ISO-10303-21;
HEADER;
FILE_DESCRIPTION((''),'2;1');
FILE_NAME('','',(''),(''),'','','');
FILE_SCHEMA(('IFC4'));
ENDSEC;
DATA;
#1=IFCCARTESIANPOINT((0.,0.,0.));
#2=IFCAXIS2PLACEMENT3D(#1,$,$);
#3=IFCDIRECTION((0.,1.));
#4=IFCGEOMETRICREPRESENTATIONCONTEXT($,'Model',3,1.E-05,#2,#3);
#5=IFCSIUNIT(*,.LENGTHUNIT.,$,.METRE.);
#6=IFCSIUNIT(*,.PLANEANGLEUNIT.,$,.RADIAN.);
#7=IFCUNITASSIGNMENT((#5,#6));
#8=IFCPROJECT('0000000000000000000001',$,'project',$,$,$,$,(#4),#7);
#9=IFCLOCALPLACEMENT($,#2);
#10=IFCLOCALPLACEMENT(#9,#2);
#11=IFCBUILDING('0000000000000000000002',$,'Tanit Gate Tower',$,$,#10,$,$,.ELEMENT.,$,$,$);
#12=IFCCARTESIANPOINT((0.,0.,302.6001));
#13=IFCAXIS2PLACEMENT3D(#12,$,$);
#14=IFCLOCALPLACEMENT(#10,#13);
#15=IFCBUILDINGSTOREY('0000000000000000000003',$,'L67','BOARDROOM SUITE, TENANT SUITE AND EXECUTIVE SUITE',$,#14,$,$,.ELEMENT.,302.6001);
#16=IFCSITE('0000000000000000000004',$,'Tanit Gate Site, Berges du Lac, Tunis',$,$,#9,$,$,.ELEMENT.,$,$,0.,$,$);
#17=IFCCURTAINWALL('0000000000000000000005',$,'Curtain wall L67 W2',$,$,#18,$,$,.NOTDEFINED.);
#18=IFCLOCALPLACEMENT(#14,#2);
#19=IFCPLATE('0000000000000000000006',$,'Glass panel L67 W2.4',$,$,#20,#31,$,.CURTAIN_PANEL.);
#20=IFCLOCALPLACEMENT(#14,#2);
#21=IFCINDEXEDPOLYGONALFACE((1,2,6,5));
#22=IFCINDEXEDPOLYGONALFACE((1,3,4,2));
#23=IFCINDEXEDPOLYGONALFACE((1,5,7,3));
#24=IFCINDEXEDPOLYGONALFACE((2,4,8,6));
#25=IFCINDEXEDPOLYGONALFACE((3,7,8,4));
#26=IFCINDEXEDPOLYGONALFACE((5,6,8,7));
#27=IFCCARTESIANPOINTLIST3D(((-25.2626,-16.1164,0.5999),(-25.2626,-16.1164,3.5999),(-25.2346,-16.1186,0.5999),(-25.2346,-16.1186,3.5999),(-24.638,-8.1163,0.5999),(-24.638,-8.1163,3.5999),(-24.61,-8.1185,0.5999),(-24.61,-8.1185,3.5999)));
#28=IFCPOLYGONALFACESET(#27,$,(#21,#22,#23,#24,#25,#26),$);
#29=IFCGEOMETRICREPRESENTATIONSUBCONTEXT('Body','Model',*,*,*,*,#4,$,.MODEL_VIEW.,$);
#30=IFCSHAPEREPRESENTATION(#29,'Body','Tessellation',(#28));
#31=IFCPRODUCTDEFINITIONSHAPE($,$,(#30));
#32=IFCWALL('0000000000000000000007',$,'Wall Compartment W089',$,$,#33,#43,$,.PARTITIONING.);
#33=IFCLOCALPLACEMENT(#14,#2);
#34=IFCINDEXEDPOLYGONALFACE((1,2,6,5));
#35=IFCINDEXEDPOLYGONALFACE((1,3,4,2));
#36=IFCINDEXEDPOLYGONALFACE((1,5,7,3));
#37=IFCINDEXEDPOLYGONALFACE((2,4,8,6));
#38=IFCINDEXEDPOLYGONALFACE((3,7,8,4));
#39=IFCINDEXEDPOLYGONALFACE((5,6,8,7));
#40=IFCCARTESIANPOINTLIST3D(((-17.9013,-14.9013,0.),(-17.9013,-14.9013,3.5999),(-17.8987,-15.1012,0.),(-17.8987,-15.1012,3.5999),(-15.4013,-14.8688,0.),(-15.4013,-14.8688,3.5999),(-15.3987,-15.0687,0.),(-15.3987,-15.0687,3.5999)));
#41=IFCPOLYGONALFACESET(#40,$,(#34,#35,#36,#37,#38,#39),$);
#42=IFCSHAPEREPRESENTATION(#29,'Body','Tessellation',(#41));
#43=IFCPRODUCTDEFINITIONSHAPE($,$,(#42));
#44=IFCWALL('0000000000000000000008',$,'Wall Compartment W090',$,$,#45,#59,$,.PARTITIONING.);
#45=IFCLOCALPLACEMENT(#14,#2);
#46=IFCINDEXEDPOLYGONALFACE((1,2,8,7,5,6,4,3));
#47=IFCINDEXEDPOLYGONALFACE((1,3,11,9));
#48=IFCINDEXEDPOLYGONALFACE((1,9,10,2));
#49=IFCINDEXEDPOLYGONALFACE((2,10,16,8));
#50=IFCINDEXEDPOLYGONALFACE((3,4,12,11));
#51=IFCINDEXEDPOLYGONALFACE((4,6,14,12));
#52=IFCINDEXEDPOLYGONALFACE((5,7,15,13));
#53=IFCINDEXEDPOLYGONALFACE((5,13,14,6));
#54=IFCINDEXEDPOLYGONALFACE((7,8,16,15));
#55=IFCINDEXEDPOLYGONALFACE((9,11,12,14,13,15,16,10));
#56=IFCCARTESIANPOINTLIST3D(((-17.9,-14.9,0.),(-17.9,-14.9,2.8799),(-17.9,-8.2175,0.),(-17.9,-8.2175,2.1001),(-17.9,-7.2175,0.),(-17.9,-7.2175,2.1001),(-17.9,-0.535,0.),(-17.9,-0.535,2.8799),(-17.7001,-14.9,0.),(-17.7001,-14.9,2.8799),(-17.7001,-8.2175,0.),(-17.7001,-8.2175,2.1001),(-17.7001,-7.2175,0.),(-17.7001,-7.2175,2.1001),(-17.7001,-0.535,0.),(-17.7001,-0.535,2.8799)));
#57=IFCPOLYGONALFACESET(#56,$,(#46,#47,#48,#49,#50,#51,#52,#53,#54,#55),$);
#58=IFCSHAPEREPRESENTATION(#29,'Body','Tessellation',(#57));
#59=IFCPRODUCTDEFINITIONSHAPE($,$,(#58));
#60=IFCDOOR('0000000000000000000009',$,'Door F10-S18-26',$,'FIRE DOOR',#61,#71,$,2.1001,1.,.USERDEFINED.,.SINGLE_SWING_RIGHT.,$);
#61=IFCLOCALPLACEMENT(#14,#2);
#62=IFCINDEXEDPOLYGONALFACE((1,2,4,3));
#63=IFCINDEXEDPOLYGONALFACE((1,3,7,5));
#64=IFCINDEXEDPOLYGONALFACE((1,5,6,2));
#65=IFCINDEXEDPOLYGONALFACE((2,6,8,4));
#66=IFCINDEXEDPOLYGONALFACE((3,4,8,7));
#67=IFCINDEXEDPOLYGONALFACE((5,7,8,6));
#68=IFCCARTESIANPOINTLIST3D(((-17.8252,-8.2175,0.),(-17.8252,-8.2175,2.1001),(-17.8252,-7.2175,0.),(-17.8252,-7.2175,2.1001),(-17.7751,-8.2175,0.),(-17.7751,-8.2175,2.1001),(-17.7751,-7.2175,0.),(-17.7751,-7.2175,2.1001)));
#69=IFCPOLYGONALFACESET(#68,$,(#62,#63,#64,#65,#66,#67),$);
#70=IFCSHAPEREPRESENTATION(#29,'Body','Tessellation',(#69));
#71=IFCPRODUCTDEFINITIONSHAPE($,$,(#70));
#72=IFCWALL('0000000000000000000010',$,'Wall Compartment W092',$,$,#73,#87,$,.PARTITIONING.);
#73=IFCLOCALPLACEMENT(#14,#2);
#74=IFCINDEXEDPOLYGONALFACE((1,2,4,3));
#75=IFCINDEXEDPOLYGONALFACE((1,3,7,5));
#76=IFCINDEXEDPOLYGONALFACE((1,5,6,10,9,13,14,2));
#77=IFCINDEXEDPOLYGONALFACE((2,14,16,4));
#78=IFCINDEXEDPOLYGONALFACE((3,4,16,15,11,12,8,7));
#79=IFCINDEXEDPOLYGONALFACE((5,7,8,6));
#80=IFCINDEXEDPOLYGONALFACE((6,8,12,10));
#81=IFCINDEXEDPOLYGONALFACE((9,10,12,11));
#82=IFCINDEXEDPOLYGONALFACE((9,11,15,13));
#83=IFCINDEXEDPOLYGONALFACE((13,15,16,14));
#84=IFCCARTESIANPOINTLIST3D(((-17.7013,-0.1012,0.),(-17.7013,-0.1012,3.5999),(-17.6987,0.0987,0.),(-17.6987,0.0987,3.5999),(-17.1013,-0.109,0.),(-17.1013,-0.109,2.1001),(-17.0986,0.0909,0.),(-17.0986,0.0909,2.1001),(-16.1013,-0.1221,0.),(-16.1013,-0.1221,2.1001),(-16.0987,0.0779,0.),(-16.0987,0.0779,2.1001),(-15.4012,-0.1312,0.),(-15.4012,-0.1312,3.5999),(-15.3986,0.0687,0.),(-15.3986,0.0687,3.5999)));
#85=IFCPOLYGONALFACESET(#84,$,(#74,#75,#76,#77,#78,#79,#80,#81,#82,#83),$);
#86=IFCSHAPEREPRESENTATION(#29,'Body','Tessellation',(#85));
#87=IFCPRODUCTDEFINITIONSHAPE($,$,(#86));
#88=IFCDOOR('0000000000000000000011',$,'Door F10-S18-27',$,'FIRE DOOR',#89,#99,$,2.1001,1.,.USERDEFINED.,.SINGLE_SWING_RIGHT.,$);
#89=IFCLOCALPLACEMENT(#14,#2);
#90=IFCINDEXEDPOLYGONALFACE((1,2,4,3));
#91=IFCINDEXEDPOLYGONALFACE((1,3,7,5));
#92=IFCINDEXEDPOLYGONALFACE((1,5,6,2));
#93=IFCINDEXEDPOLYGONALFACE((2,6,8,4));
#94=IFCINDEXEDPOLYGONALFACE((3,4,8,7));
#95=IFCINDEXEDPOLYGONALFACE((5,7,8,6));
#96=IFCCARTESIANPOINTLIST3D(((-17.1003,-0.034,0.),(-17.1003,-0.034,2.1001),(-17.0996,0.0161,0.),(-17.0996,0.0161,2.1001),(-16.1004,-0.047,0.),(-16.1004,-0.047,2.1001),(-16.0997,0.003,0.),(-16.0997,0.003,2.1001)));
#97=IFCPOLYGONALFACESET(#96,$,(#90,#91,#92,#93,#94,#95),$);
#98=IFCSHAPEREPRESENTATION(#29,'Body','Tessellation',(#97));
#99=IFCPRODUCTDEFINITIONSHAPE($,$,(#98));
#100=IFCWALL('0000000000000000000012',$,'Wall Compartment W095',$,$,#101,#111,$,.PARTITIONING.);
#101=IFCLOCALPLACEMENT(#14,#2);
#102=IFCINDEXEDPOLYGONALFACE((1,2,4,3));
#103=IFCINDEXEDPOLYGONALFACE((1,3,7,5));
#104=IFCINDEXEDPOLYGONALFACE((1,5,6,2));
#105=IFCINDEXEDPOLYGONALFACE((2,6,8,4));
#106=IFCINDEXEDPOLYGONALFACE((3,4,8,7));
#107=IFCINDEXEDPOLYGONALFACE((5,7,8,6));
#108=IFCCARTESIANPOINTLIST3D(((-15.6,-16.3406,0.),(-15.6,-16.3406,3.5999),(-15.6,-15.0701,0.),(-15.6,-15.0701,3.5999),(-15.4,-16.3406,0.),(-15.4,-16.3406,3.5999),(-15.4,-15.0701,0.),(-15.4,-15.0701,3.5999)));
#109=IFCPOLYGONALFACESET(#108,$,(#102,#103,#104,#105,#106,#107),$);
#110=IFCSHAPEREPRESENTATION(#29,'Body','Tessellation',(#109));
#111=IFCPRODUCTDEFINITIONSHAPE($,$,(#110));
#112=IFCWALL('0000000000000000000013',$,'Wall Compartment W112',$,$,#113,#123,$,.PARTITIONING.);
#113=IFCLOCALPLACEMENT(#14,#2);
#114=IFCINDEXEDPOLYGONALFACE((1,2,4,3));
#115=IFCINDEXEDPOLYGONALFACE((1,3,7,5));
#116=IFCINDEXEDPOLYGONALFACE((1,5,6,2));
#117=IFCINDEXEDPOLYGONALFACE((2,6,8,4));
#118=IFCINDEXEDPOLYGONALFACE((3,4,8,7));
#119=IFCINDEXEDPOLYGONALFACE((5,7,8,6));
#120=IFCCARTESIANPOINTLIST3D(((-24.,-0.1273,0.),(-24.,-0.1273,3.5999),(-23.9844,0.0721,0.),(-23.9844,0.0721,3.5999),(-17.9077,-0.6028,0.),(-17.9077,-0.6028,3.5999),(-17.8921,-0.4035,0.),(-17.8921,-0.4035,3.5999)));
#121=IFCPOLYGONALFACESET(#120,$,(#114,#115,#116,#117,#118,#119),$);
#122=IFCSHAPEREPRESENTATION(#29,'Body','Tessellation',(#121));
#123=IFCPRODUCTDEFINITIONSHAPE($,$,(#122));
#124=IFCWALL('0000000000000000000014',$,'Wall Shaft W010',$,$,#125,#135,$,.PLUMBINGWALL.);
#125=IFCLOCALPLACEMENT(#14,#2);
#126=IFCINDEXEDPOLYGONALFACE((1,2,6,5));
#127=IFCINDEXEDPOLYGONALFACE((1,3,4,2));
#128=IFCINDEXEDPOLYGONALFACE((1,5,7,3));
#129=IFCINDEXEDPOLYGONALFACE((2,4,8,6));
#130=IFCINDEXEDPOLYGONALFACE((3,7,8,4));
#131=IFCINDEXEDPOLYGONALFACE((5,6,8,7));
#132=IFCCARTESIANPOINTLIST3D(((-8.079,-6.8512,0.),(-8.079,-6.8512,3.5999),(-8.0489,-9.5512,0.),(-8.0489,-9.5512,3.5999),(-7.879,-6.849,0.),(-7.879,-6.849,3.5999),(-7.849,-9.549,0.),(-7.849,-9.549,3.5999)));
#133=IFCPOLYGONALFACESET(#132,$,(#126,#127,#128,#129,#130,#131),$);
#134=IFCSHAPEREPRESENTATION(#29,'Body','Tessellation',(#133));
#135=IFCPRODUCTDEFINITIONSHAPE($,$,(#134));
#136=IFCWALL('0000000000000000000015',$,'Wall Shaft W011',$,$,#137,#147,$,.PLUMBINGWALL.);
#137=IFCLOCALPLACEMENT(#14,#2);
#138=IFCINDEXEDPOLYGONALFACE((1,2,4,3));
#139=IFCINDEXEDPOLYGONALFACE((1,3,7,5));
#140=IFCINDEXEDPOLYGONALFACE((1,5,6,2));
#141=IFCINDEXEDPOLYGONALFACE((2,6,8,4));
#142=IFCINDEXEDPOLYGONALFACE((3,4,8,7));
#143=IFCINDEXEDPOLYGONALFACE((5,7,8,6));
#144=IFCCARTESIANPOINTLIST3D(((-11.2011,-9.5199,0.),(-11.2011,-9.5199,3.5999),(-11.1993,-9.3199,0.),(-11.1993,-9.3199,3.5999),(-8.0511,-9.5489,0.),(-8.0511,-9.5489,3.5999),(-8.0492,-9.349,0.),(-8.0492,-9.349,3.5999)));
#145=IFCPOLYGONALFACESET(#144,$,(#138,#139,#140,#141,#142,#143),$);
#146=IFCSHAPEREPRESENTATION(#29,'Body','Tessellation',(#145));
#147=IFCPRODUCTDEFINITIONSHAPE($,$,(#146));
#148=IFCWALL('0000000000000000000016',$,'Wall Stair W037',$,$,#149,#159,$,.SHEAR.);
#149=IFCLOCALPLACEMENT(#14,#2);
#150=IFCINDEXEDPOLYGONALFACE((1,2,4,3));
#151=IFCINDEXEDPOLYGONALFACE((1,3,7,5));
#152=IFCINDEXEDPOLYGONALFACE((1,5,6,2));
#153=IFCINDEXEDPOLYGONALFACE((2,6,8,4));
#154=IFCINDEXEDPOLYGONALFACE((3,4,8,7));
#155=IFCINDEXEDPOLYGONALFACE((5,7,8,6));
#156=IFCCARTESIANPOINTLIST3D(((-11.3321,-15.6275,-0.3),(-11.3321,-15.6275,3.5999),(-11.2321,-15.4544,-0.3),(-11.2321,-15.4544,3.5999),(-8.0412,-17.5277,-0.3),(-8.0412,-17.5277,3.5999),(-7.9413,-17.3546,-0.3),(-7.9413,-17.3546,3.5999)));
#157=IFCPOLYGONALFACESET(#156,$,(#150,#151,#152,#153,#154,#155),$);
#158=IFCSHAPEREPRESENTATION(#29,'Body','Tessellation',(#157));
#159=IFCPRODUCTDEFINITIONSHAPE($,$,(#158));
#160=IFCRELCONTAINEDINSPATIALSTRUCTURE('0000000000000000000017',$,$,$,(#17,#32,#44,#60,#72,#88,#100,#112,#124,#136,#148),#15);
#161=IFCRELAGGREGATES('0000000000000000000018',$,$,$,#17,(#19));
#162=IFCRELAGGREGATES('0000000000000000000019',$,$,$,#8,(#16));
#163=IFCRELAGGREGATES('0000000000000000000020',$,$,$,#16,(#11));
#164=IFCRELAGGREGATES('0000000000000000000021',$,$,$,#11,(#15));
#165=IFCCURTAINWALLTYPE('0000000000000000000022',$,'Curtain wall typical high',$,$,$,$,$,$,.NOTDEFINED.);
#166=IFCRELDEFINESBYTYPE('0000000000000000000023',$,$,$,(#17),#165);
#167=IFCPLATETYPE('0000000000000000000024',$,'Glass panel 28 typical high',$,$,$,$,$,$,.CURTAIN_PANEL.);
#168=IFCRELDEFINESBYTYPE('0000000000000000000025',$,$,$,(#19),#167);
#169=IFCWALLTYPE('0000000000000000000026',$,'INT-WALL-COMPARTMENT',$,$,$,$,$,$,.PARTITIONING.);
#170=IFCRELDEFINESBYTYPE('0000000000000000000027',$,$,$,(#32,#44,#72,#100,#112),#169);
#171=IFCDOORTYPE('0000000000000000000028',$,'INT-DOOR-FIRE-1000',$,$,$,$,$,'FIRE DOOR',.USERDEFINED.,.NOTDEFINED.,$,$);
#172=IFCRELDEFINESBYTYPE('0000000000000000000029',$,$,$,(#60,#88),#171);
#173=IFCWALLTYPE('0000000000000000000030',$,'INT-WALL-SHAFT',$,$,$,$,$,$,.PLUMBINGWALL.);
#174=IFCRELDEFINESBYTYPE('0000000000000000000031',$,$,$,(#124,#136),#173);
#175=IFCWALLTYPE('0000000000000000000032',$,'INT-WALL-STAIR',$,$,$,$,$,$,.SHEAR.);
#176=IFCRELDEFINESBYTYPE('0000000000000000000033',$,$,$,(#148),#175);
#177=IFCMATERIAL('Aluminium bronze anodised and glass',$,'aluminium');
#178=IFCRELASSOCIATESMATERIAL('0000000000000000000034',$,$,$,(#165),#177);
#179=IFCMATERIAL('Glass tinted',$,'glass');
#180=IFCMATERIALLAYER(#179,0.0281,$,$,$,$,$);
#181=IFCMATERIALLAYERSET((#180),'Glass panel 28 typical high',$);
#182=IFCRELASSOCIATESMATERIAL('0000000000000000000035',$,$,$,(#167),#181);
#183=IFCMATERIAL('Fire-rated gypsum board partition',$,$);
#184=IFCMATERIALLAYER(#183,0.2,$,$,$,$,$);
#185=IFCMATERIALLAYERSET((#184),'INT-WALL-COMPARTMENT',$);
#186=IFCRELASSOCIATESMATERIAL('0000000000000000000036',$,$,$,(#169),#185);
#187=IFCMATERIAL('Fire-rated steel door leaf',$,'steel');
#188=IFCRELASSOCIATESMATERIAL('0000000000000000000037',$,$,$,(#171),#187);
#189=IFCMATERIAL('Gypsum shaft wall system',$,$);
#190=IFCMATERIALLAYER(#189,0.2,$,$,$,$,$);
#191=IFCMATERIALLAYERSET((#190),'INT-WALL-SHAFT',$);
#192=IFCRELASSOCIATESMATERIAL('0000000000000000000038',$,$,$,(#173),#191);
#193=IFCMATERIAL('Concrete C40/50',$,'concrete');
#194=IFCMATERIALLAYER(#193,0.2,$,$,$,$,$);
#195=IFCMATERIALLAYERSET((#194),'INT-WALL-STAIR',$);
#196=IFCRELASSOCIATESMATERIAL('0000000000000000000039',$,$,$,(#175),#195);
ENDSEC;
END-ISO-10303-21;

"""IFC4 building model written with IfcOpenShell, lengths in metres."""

from ifc_helpers import new_model, si_unit, direction, frame, frame_2d, origin, origin_2d, place, context, subcontext, project, spatial, rectangle, extrude, material, layer, layer_set, type_object, element, fill, aggregate, save


model = new_model("IFC4")

# Units and contexts
model_context = context("Model", 3, precision=1e-05, world=origin(), true_north=direction((0.0, 1.0)))
body_context = subcontext(model_context, "Body", "Model", "MODEL_VIEW")
ifc_project = project(units=[si_unit("LENGTHUNIT", "METRE"), si_unit("PLANEANGLEUNIT", "RADIAN")], contexts=[model_context])

# Site, building, storey
site_placement = place(None, origin())
site = spatial("IfcSite", under=ifc_project, at=site_placement, Name="Tanit Gate Site, Berges du Lac, Tunis", CompositionType="ELEMENT", RefElevation=0.0)
building_placement = place(site_placement, origin())
building = spatial("IfcBuilding", under=site, at=building_placement, Name="Tanit Gate Tower", CompositionType="ELEMENT")
storey_placement = place(building_placement, frame((0.0, 0.0, 302.6001)))
storey = spatial("IfcBuildingStorey", under=building, at=storey_placement, Name="L67", Description="BOARDROOM SUITE, TENANT SUITE AND EXECUTIVE SUITE", CompositionType="ELEMENT", Elevation=302.6001)

# Curtain wall
ifc_material_1 = material(Name="Aluminium bronze anodised and glass", Category="aluminium")
curtain_wall_type = type_object("IfcCurtainWallType", Name="Curtain wall typical high", PredefinedType="NOTDEFINED", material=ifc_material_1)
curtain_wall_placement = place(storey_placement, origin())
curtain_wall = element("IfcCurtainWall", 1, at=curtain_wall_placement, inside=storey, type_object=curtain_wall_type, Name="Curtain wall L67 W2", PredefinedType="NOTDEFINED")

# Plate
ifc_material_2 = material(Name="Glass tinted", Category="glass")
ifc_layer_1 = layer(ifc_material_2, 0.0281)
ifc_layer_set_1 = layer_set([ifc_layer_1], Name="Glass panel 28 typical high")
plate_type = type_object("IfcPlateType", Name="Glass panel 28 typical high", PredefinedType="CURTAIN_PANEL", material=ifc_layer_set_1)
plate_1_placement = place(storey_placement, frame((-24.9363, -12.1174, 0.5999), z_axis=(0.0, 0.0, 1.0), x_axis=(-0.077839, -0.996966, 0.0)))
plate_1 = element("IfcPlate", 2, at=plate_1_placement, type_object=plate_type, Name="Glass panel L67 W2.4", PredefinedType="CURTAIN_PANEL", context=body_context, shape_type="SweptSolid", body=[
    extrude(rectangle(XDim=8.0244, YDim=0.0281, at=origin_2d()), origin(), (0.0, 0.0, 1.0), 3.0),
])
aggregate(curtain_wall, [plate_1])

# Wall
ifc_material_3 = material(Name="Fire-rated gypsum board partition")
ifc_layer_2 = layer(ifc_material_3, 0.2)
ifc_layer_set_2 = layer_set([ifc_layer_2], Name="INT-WALL-COMPARTMENT")
wall_type_1 = type_object("IfcWallType", Name="INT-WALL-COMPARTMENT", PredefinedType="PARTITIONING", material=ifc_layer_set_2)
wall_1_placement = place(storey_placement, frame((-17.8999, -15.0012, 0.0), z_axis=(0.0, 0.0, 1.0), x_axis=(0.999916, 0.012987, 0.0)))
element("IfcWall", 3, at=wall_1_placement, inside=storey, type_object=wall_type_1, Name="Wall Compartment W089", PredefinedType="PARTITIONING", context=body_context, shape_type="SweptSolid", body=[
    extrude(rectangle(XDim=2.5002, YDim=0.2, at=frame_2d((1.25, 0.0))), origin(), (0.0, 0.0, 1.0), 3.5999),
])

# Walls, openings, doors
wall_2_placement = place(storey_placement, frame((-17.8, -0.5349, 0.0), z_axis=(0.0, 0.0, 1.0), x_axis=(0.0, -1.0, 0.0)))
wall_2 = element("IfcWall", 4, at=wall_2_placement, inside=storey, type_object=wall_type_1, Name="Wall Compartment W090", PredefinedType="PARTITIONING", context=body_context, shape_type="SweptSolid", body=[
    extrude(rectangle(XDim=14.365, YDim=0.2, at=frame_2d((7.1826, 0.0))), origin(), (0.0, 0.0, 1.0), 2.8799),
])
opening_1_placement = place(wall_2_placement, frame((6.6826, 0.0, 0.0)))
opening_1 = element("IfcOpeningElement", 5, at=opening_1_placement, cuts=wall_2, PredefinedType="OPENING", context=body_context, shape_type="SweptSolid", body=[
    extrude(rectangle(XDim=1.0, YDim=2.1001, at=frame_2d((0.5, 1.05))), frame((0.0, 0.1099, 0.0), z_axis=(0.0, -1.0, 0.0), x_axis=(1.0, 0.0, 0.0)), (0.0, 0.0, 1.0), 0.22),
])
ifc_material_4 = material(Name="Fire-rated steel door leaf", Category="steel")
door_type = type_object("IfcDoorType", Name="INT-DOOR-FIRE-1000", ElementType="FIRE DOOR", OperationType="NOTDEFINED", PredefinedType="USERDEFINED", material=ifc_material_4)
door_1_placement = place(opening_1_placement, origin())
door_1 = element("IfcDoor", 6, at=door_1_placement, inside=storey, type_object=door_type, Name="Door F10-S18-26", ObjectType="FIRE DOOR", OperationType="SINGLE_SWING_RIGHT", OverallHeight=2.1001, OverallWidth=1.0, PredefinedType="USERDEFINED", context=body_context, shape_type="SweptSolid", body=[
    extrude(rectangle(XDim=1.0, YDim=2.1001, at=frame_2d((0.5, 1.05))), frame((0.0, 0.0249, 0.0), z_axis=(0.0, -1.0, 0.0), x_axis=(1.0, 0.0, 0.0)), (0.0, 0.0, 1.0), 0.05),
])
fill(opening_1, door_1)
wall_3_placement = place(storey_placement, frame((-15.3999, -0.0312, 0.0), z_axis=(0.0, 0.0, 1.0), x_axis=(-0.999915, 0.013055, 0.0)))
wall_3 = element("IfcWall", 7, at=wall_3_placement, inside=storey, type_object=wall_type_1, Name="Wall Compartment W092", PredefinedType="PARTITIONING", context=body_context, shape_type="SweptSolid", body=[
    extrude(rectangle(XDim=2.3003, YDim=0.2, at=frame_2d((1.1501, 0.0))), origin(), (0.0, 0.0, 1.0), 3.5999),
])
opening_2_placement = place(wall_3_placement, frame((0.7002, 0.0, 0.0)))
opening_2 = element("IfcOpeningElement", 8, at=opening_2_placement, cuts=wall_3, PredefinedType="OPENING", context=body_context, shape_type="SweptSolid", body=[
    extrude(rectangle(XDim=1.0, YDim=2.1001, at=frame_2d((0.5, 1.05))), frame((0.0, 0.1099, 0.0), z_axis=(0.0, -1.0, 0.0), x_axis=(1.0, 0.0, 0.0)), (0.0, 0.0, 1.0), 0.22),
])
door_2_placement = place(opening_2_placement, origin())
door_2 = element("IfcDoor", 9, at=door_2_placement, inside=storey, type_object=door_type, Name="Door F10-S18-27", ObjectType="FIRE DOOR", OperationType="SINGLE_SWING_RIGHT", OverallHeight=2.1001, OverallWidth=1.0, PredefinedType="USERDEFINED", context=body_context, shape_type="SweptSolid", body=[
    extrude(rectangle(XDim=1.0, YDim=2.1001, at=frame_2d((0.5, 1.05))), frame((0.0, 0.0249, 0.0), z_axis=(0.0, -1.0, 0.0), x_axis=(1.0, 0.0, 0.0)), (0.0, 0.0, 1.0), 0.05),
])
fill(opening_2, door_2)

# Walls
wall_4_placement = place(storey_placement, frame((-15.5, -15.0701, 0.0), z_axis=(0.0, 0.0, 1.0), x_axis=(0.0, -1.0, 0.0)))
element("IfcWall", 10, at=wall_4_placement, inside=storey, type_object=wall_type_1, Name="Wall Compartment W095", PredefinedType="PARTITIONING", context=body_context, shape_type="SweptSolid", body=[
    extrude(rectangle(XDim=1.2705, YDim=0.2, at=frame_2d((0.6353, 0.0))), origin(), (0.0, 0.0, 1.0), 3.5999),
])
wall_5_placement = place(storey_placement, frame((-23.9922, -0.0276, 0.0), z_axis=(0.0, 0.0, 1.0), x_axis=(0.996967, -0.077827, 0.0)))
element("IfcWall", 11, at=wall_5_placement, inside=storey, type_object=wall_type_1, Name="Wall Compartment W112", PredefinedType="PARTITIONING", context=body_context, shape_type="SweptSolid", body=[
    extrude(rectangle(XDim=6.1108, YDim=0.2, at=frame_2d((3.0554, 0.0))), origin(), (0.0, 0.0, 1.0), 3.5999),
])
ifc_material_5 = material(Name="Gypsum shaft wall system")
ifc_layer_3 = layer(ifc_material_5, 0.2)
ifc_layer_set_3 = layer_set([ifc_layer_3], Name="INT-WALL-SHAFT")
wall_type_2 = type_object("IfcWallType", Name="INT-WALL-SHAFT", PredefinedType="PLUMBINGWALL", material=ifc_layer_set_3)
wall_6_placement = place(storey_placement, frame((-7.979, -6.8501, 0.0), z_axis=(0.0, 0.0, 1.0), x_axis=(0.011121, -0.999938, 0.0)))
element("IfcWall", 12, at=wall_6_placement, inside=storey, type_object=wall_type_2, Name="Wall Shaft W010", PredefinedType="PLUMBINGWALL", context=body_context, shape_type="SweptSolid", body=[
    extrude(rectangle(XDim=2.7002, YDim=0.2, at=frame_2d((1.3501, 0.0))), origin(), (0.0, 0.0, 1.0), 3.5999),
])
wall_7_placement = place(storey_placement, frame((-8.05, -9.449, 0.0), z_axis=(0.0, 0.0, 1.0), x_axis=(-0.999957, 0.009223, 0.0)))
element("IfcWall", 13, at=wall_7_placement, inside=storey, type_object=wall_type_2, Name="Wall Shaft W011", PredefinedType="PLUMBINGWALL", context=body_context, shape_type="SweptSolid", body=[
    extrude(rectangle(XDim=3.1501, YDim=0.2, at=frame_2d((1.5752, 0.0))), origin(), (0.0, 0.0, 1.0), 3.5999),
])
ifc_material_6 = material(Name="Concrete C40/50", Category="concrete")
ifc_layer_4 = layer(ifc_material_6, 0.2)
ifc_layer_set_4 = layer_set([ifc_layer_4], Name="INT-WALL-STAIR")
wall_type_3 = type_object("IfcWallType", Name="INT-WALL-STAIR", PredefinedType="SHEAR", material=ifc_layer_set_4)
wall_8_placement = place(storey_placement, frame((-11.282, -15.541, -0.3), z_axis=(0.0, 0.0, 1.0), x_axis=(0.866, -0.500043, 0.0)))
element("IfcWall", 14, at=wall_8_placement, inside=storey, type_object=wall_type_3, Name="Wall Stair W037", PredefinedType="SHEAR", context=body_context, shape_type="SweptSolid", body=[
    extrude(rectangle(XDim=3.8, YDim=0.2, at=frame_2d((1.8999, 0.0))), origin(), (0.0, 0.0, 1.0), 3.8999),
])

save(model, "model.ifc")
